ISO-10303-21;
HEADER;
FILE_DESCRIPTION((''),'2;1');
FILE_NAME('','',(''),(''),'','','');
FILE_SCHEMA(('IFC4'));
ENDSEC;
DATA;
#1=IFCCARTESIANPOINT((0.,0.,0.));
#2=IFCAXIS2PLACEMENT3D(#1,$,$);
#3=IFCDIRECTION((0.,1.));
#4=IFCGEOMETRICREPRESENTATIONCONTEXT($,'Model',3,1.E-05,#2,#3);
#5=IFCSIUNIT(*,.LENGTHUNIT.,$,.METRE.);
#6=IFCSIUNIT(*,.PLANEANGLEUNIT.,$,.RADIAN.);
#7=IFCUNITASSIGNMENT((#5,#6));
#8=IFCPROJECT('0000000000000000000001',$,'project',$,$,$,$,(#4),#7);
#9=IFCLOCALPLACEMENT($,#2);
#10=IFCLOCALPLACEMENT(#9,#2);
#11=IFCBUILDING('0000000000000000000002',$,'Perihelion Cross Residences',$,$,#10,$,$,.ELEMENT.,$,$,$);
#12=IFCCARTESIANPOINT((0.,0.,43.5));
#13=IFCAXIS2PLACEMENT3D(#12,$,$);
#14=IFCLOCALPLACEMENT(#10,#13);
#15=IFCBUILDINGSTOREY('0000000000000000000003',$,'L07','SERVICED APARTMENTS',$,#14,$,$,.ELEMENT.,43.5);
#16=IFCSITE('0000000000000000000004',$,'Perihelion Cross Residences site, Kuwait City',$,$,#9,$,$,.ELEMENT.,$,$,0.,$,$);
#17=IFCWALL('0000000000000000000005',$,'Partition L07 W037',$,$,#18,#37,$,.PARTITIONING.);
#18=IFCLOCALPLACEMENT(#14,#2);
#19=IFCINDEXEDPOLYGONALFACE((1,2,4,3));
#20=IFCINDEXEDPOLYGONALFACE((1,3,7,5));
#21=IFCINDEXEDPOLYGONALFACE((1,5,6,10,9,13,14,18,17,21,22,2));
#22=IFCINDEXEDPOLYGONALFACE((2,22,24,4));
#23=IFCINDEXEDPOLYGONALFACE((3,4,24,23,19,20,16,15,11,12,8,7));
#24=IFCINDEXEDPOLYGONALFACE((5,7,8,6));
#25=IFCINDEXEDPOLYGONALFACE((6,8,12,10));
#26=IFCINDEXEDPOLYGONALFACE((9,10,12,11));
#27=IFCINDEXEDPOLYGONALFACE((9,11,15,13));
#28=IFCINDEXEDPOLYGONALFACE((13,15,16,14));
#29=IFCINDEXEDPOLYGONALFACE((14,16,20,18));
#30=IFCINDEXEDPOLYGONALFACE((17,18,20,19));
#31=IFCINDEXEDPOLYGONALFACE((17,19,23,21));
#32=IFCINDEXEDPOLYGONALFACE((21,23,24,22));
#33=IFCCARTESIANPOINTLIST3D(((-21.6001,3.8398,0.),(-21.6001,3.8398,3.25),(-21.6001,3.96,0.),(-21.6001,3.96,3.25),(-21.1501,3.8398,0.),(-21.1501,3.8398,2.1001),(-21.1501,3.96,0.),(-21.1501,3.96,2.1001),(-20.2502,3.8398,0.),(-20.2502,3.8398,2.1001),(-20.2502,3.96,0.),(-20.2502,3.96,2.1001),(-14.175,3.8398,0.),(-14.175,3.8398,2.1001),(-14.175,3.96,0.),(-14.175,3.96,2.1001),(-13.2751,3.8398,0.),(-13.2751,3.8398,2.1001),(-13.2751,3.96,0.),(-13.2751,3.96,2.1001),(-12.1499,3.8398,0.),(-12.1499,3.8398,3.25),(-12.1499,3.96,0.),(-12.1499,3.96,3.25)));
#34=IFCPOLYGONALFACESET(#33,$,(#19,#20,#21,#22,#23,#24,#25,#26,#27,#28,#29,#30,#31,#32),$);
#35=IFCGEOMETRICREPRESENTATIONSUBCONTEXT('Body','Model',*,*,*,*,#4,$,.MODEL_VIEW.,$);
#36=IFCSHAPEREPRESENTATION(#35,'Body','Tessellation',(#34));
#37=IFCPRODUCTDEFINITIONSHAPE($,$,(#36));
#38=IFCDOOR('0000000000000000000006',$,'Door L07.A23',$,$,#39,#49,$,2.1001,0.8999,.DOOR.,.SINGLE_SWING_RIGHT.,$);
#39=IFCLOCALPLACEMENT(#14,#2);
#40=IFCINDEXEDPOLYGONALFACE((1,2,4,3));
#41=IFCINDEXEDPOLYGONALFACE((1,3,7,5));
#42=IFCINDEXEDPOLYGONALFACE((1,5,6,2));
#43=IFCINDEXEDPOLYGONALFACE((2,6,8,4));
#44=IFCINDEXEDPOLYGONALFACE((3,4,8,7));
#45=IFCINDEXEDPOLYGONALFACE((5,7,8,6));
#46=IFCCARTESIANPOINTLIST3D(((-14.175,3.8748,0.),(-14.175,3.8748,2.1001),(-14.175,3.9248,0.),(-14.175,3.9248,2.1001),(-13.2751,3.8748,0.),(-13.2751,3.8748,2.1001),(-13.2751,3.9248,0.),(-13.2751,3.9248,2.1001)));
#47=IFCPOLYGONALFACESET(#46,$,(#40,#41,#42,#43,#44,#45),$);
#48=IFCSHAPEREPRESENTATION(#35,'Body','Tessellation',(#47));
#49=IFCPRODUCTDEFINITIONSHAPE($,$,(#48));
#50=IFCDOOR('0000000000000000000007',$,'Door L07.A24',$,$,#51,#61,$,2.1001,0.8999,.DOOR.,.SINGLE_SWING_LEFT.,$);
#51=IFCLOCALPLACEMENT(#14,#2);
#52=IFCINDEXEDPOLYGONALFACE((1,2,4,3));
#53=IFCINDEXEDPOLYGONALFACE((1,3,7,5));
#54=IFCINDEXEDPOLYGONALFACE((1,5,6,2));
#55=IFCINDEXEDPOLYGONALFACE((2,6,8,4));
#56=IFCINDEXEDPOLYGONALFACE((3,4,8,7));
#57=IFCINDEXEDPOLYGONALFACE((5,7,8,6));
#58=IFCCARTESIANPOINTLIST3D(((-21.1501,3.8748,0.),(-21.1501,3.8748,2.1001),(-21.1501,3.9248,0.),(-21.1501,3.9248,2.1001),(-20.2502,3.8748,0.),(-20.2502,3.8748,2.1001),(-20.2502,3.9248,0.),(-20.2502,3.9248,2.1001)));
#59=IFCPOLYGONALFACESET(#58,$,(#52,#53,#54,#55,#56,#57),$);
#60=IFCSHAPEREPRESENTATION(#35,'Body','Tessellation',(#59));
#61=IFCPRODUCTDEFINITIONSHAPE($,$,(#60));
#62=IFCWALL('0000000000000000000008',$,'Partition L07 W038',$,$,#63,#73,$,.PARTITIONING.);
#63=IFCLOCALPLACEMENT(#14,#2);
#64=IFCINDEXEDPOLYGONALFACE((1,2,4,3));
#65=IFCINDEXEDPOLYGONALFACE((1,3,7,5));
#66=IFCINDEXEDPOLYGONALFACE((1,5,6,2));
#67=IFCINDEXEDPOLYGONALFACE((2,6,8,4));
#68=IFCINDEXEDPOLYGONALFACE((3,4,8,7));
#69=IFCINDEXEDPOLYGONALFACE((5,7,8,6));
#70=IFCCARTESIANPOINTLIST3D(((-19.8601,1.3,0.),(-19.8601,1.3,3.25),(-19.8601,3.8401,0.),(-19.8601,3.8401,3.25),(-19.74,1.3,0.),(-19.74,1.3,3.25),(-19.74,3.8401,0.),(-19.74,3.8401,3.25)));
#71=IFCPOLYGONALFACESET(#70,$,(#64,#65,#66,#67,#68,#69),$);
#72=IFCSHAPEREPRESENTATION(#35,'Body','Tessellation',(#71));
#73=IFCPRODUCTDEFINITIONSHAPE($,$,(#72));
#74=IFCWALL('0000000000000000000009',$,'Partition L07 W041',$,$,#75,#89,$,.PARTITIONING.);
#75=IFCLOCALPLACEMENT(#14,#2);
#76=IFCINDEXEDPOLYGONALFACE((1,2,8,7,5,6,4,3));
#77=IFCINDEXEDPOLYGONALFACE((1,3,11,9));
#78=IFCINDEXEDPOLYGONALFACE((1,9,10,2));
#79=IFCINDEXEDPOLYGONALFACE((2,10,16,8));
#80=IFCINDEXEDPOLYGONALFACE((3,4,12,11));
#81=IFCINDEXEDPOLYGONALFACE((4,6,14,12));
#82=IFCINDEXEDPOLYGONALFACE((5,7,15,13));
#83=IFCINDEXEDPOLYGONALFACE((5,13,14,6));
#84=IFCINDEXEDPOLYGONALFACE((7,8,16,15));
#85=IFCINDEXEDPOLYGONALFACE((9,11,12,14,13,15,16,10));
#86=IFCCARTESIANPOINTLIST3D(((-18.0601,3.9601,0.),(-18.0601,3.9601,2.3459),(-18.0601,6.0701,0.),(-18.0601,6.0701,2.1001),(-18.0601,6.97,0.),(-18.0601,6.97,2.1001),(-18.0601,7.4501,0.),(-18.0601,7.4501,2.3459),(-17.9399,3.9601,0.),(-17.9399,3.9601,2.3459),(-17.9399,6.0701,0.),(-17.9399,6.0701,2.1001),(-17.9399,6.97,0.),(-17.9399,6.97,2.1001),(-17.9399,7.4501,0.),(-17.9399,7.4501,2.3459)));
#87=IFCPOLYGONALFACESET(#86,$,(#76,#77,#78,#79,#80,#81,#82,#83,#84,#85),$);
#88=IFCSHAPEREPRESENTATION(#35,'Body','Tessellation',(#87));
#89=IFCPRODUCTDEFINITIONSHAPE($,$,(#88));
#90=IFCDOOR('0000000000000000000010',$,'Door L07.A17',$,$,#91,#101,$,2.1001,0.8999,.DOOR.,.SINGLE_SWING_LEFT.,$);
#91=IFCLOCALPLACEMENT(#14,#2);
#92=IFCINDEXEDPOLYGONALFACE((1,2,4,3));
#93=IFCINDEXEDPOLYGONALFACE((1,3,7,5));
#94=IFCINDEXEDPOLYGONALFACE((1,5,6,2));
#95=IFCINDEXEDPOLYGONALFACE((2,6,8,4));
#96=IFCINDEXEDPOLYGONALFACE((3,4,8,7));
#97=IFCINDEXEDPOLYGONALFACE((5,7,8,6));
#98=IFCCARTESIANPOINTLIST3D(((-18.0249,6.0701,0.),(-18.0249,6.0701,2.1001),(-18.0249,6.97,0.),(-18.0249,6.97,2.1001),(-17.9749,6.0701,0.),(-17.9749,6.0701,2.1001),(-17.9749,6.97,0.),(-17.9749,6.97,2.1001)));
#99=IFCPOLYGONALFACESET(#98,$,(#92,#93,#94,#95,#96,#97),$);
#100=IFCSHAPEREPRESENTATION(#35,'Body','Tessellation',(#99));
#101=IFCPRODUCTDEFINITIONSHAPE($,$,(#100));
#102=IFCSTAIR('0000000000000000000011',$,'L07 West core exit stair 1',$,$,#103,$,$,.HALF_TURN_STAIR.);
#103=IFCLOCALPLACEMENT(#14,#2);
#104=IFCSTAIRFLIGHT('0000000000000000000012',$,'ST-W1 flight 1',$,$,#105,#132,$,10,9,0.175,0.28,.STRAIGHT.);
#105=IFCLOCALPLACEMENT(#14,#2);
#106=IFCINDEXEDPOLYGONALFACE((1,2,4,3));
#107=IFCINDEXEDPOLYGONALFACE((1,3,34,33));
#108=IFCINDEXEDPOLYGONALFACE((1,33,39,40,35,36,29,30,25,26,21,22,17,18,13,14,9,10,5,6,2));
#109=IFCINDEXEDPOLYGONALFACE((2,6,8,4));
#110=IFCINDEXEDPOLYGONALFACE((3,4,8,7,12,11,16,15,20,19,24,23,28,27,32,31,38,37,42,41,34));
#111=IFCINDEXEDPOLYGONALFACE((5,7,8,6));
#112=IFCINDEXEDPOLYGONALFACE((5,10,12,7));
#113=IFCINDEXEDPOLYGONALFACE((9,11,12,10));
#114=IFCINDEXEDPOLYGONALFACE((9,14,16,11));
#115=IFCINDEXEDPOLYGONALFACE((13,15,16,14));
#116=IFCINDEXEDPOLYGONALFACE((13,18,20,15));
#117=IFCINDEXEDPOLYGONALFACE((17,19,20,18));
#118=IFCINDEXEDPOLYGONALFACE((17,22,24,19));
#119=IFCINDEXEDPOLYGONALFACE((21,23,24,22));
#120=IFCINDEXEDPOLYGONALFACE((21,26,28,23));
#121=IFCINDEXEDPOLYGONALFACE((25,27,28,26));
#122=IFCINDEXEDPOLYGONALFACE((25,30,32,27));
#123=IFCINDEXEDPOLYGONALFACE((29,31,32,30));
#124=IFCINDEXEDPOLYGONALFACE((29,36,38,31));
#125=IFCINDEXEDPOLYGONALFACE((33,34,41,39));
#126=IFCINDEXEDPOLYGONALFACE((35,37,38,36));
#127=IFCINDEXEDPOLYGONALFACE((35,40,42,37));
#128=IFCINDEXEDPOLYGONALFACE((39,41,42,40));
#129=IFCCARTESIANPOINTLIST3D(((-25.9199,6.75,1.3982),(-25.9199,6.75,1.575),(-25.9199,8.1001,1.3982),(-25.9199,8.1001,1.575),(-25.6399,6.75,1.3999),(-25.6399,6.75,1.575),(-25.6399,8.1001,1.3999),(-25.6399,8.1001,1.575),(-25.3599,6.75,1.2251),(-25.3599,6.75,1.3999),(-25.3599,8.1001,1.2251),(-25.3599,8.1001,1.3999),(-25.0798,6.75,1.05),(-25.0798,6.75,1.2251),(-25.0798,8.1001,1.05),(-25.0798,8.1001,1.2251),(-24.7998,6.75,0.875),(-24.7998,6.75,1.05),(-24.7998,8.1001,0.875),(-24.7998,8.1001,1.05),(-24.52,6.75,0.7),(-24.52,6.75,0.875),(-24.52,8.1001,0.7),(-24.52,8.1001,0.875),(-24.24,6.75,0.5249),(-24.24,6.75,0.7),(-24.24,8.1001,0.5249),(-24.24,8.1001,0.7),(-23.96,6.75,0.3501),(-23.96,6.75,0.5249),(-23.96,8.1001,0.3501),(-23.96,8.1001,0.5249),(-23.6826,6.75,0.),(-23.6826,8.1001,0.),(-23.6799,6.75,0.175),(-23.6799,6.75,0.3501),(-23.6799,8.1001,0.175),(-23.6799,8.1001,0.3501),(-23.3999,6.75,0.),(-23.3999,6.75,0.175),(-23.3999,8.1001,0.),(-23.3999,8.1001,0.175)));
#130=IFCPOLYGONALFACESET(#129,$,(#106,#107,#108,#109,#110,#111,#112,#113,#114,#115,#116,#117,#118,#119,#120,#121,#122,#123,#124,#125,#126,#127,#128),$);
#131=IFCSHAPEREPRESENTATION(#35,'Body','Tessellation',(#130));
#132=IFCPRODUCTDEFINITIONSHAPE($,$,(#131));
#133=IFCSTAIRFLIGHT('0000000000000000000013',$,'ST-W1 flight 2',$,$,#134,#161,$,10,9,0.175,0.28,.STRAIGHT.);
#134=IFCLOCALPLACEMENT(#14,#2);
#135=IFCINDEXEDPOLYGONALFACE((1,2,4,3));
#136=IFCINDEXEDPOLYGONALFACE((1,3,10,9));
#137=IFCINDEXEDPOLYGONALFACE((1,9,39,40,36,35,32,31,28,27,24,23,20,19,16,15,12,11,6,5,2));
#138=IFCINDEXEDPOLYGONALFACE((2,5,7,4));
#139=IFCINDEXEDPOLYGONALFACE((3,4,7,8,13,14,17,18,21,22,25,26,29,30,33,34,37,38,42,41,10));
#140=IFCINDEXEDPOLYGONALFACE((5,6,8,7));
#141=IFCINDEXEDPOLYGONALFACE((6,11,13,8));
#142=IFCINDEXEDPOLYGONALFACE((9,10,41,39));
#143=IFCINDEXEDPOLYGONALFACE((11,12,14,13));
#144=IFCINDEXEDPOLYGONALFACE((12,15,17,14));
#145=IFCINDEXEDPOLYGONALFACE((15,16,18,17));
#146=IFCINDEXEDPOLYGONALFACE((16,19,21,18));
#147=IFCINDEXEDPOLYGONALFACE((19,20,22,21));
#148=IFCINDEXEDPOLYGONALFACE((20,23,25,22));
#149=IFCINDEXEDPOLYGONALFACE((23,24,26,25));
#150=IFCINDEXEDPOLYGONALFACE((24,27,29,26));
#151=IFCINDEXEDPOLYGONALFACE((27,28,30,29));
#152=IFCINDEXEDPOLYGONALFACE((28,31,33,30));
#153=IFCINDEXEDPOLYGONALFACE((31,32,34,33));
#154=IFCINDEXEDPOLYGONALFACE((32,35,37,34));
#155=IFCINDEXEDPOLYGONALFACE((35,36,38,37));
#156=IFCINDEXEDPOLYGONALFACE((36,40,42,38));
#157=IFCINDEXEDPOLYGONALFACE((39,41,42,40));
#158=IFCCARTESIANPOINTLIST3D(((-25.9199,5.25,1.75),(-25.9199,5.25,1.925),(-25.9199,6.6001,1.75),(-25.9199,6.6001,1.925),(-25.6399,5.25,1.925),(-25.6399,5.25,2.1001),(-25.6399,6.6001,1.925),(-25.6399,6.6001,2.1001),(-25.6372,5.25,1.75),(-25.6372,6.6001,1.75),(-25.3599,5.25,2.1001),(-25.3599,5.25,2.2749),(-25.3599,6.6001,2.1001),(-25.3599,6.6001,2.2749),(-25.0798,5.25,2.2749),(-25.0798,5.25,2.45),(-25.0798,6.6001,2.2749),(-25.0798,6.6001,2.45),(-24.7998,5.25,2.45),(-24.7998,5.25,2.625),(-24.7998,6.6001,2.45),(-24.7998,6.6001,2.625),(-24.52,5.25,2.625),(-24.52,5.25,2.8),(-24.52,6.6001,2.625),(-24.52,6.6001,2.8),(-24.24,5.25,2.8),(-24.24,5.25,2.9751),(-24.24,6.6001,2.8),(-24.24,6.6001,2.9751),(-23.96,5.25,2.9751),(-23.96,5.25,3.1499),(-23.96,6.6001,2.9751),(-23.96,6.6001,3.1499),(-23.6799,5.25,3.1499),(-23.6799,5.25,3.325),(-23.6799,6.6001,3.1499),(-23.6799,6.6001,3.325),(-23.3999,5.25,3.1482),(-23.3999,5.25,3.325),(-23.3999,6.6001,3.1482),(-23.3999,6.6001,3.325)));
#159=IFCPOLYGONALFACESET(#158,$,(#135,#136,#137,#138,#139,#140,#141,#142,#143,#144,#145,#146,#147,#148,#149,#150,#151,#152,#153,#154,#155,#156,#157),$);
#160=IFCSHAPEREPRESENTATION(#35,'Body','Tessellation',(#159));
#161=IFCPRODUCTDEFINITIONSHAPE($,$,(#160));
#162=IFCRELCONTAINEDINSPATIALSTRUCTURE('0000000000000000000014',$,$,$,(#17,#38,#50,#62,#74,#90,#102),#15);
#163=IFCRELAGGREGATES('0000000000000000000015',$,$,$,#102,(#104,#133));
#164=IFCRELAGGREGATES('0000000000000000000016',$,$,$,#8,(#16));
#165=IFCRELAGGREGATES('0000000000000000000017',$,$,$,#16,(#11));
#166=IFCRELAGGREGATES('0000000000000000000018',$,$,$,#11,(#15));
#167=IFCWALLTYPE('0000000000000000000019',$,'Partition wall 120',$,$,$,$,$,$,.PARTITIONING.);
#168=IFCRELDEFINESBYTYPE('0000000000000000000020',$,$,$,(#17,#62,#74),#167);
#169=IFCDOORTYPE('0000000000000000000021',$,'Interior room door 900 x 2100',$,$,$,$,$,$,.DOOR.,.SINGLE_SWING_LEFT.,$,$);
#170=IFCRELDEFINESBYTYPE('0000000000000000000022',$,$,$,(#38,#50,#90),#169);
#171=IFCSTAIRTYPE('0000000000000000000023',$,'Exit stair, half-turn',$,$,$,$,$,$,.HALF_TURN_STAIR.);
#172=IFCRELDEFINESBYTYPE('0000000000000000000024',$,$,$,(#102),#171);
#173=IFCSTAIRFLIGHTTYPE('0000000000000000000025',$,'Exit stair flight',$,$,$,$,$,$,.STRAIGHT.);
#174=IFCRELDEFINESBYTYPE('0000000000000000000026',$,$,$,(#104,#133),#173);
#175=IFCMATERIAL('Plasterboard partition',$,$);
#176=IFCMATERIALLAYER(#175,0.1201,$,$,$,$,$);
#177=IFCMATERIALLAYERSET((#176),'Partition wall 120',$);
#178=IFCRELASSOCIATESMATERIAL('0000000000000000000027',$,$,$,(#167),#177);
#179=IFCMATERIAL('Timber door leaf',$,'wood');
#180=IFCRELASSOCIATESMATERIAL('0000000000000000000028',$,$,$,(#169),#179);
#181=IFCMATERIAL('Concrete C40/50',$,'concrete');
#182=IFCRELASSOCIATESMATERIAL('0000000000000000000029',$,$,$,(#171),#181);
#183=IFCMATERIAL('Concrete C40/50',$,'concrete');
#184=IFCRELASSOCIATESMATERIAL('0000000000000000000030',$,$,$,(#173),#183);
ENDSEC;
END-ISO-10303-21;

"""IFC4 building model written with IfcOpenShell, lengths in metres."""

from ifc_helpers import new_model, si_unit, direction, frame, frame_2d, origin, place, context, subcontext, project, spatial, polyline, rectangle, outline, extrude, material, layer, layer_set, type_object, element, fill, aggregate, save


model = new_model("IFC4")

# Units and contexts
model_context = context("Model", 3, precision=1e-05, world=origin(), true_north=direction((0.0, 1.0)))
body_context = subcontext(model_context, "Body", "Model", "MODEL_VIEW")
ifc_project = project(units=[si_unit("LENGTHUNIT", "METRE"), si_unit("PLANEANGLEUNIT", "RADIAN")], contexts=[model_context])

# Site, building, storey
site_placement = place(None, origin())
site = spatial("IfcSite", under=ifc_project, at=site_placement, Name="Perihelion Cross Residences site, Kuwait City", CompositionType="ELEMENT", RefElevation=0.0)
building_placement = place(site_placement, origin())
building = spatial("IfcBuilding", under=site, at=building_placement, Name="Perihelion Cross Residences", CompositionType="ELEMENT")
storey_placement = place(building_placement, frame((0.0, 0.0, 43.5)))
storey = spatial("IfcBuildingStorey", under=building, at=storey_placement, Name="L07", Description="SERVICED APARTMENTS", CompositionType="ELEMENT", Elevation=43.5)

# Wall, openings, doors
ifc_material_1 = material(Name="Plasterboard partition")
ifc_layer_1 = layer(ifc_material_1, 0.1201)
ifc_layer_set_1 = layer_set([ifc_layer_1], Name="Partition wall 120")
wall_type_1 = type_object("IfcWallType", Name="Partition wall 120", PredefinedType="PARTITIONING", material=ifc_layer_set_1)
wall_1_placement = place(storey_placement, frame((-21.6001, 3.8999, 0.0), z_axis=(0.0, 0.0, 1.0), x_axis=(1.0, 0.0, 0.0)))
wall_1 = element("IfcWall", 1, at=wall_1_placement, inside=storey, type_object=wall_type_1, Name="Partition L07 W037", PredefinedType="PARTITIONING", context=body_context, shape_type="SweptSolid", body=[
    extrude(rectangle(XDim=9.4502, YDim=0.1201, at=frame_2d((4.7251, 0.0))), origin(), (0.0, 0.0, 1.0), 3.25),
])
opening_1_placement = place(wall_1_placement, frame((7.425, 0.0, 0.0)))
opening_1 = element("IfcOpeningElement", 2, at=opening_1_placement, cuts=wall_1, PredefinedType="OPENING", context=body_context, shape_type="SweptSolid", body=[
    extrude(rectangle(XDim=0.8999, YDim=2.1001, at=frame_2d((0.45, 1.05))), frame((0.0, 0.0701, 0.0), z_axis=(0.0, -1.0, 0.0), x_axis=(1.0, 0.0, 0.0)), (0.0, 0.0, 1.0), 0.1401),
])
opening_2_placement = place(wall_1_placement, frame((0.45, 0.0, 0.0)))
opening_2 = element("IfcOpeningElement", 3, at=opening_2_placement, cuts=wall_1, PredefinedType="OPENING", context=body_context, shape_type="SweptSolid", body=[
    extrude(rectangle(XDim=0.8999, YDim=2.1001, at=frame_2d((0.45, 1.05))), frame((0.0, 0.0701, 0.0), z_axis=(0.0, -1.0, 0.0), x_axis=(1.0, 0.0, 0.0)), (0.0, 0.0, 1.0), 0.1401),
])
ifc_material_2 = material(Name="Timber door leaf", Category="wood")
door_type_1 = type_object("IfcDoorType", Name="Interior room door 900 x 2100", OperationType="SINGLE_SWING_LEFT", PredefinedType="DOOR", material=ifc_material_2)
door_1_placement = place(opening_1_placement, origin())
door_1 = element("IfcDoor", 4, at=door_1_placement, inside=storey, type_object=door_type_1, Name="Door L07.A23", OperationType="SINGLE_SWING_RIGHT", OverallHeight=2.1001, OverallWidth=0.8999, PredefinedType="DOOR", context=body_context, shape_type="SweptSolid", body=[
    extrude(rectangle(XDim=0.8999, YDim=2.1001, at=frame_2d((0.45, 1.05))), frame((0.0, 0.0249, 0.0), z_axis=(0.0, -1.0, 0.0), x_axis=(1.0, 0.0, 0.0)), (0.0, 0.0, 1.0), 0.05),
])
fill(opening_1, door_1)
door_2_placement = place(opening_2_placement, origin())
door_2 = element("IfcDoor", 5, at=door_2_placement, inside=storey, type_object=door_type_1, Name="Door L07.A24", OperationType="SINGLE_SWING_LEFT", OverallHeight=2.1001, OverallWidth=0.8999, PredefinedType="DOOR", context=body_context, shape_type="SweptSolid", body=[
    extrude(rectangle(XDim=0.8999, YDim=2.1001, at=frame_2d((0.45, 1.05))), frame((0.0, 0.0249, 0.0), z_axis=(0.0, -1.0, 0.0), x_axis=(1.0, 0.0, 0.0)), (0.0, 0.0, 1.0), 0.05),
])
fill(opening_2, door_2)

# Wall
wall_2_placement = place(storey_placement, frame((-19.8, 1.3, 0.0), z_axis=(0.0, 0.0, 1.0), x_axis=(0.0, 1.0, 0.0)))
element("IfcWall", 6, at=wall_2_placement, inside=storey, type_object=wall_type_1, Name="Partition L07 W038", PredefinedType="PARTITIONING", context=body_context, shape_type="SweptSolid", body=[
    extrude(rectangle(XDim=2.54, YDim=0.1201, at=frame_2d((1.27, 0.0))), origin(), (0.0, 0.0, 1.0), 3.25),
])

# Wall, opening, door
wall_3_placement = place(storey_placement, frame((-18.0, 3.96, 0.0), z_axis=(0.0, 0.0, 1.0), x_axis=(0.0, 1.0, 0.0)))
wall_3 = element("IfcWall", 7, at=wall_3_placement, inside=storey, type_object=wall_type_1, Name="Partition L07 W041", PredefinedType="PARTITIONING", context=body_context, shape_type="SweptSolid", body=[
    extrude(rectangle(XDim=3.49, YDim=0.1201, at=frame_2d((1.7451, 0.0))), origin(), (0.0, 0.0, 1.0), 2.3459),
])
opening_3_placement = place(wall_3_placement, frame((2.1101, 0.0, 0.0)))
opening_3 = element("IfcOpeningElement", 8, at=opening_3_placement, cuts=wall_3, PredefinedType="OPENING", context=body_context, shape_type="SweptSolid", body=[
    extrude(rectangle(XDim=0.8999, YDim=2.1001, at=frame_2d((0.45, 1.05))), frame((0.0, 0.0701, 0.0), z_axis=(0.0, -1.0, 0.0), x_axis=(1.0, 0.0, 0.0)), (0.0, 0.0, 1.0), 0.1401),
])
door_3_placement = place(opening_3_placement, origin())
door_3 = element("IfcDoor", 9, at=door_3_placement, inside=storey, type_object=door_type_1, Name="Door L07.A17", OperationType="SINGLE_SWING_LEFT", OverallHeight=2.1001, OverallWidth=0.8999, PredefinedType="DOOR", context=body_context, shape_type="SweptSolid", body=[
    extrude(rectangle(XDim=0.8999, YDim=2.1001, at=frame_2d((0.45, 1.05))), frame((0.0, 0.0249, 0.0), z_axis=(0.0, -1.0, 0.0), x_axis=(1.0, 0.0, 0.0)), (0.0, 0.0, 1.0), 0.05),
])
fill(opening_3, door_3)

# Stair, stair flights
ifc_material_3 = material(Name="Concrete C40/50", Category="concrete")
stair_type = type_object("IfcStairType", Name="Exit stair, half-turn", PredefinedType="HALF_TURN_STAIR", material=ifc_material_3)
stair_placement = place(storey_placement, origin())
stair = element("IfcStair", 10, at=stair_placement, inside=storey, type_object=stair_type, Name="L07 West core exit stair 1", PredefinedType="HALF_TURN_STAIR")
ifc_material_4 = material(Name="Concrete C40/50", Category="concrete")
stair_flight_type = type_object("IfcStairFlightType", Name="Exit stair flight", PredefinedType="STRAIGHT", material=ifc_material_4)
stair_flight_1_placement = place(storey_placement, frame((-23.3999, 7.425, 0.0), z_axis=(0.0, 0.0, 1.0), x_axis=(-1.0, 0.0, 0.0)))
stair_flight_1 = element("IfcStairFlight", 11, at=stair_flight_1_placement, type_object=stair_flight_type, Name="ST-W1 flight 1", NumberOfRisers=10, NumberOfTreads=9, PredefinedType="STRAIGHT", RiserHeight=0.175, TreadLength=0.28, context=body_context, shape_type="SweptSolid", body=[
    extrude(outline(polyline([(0.0, 0.0), (0.0, 0.175), (0.28, 0.175), (0.28, 0.3501), (0.5601, 0.3501), (0.5601, 0.5249), (0.8401, 0.5249), (0.8401, 0.7), (1.1201, 0.7), (1.1201, 0.875), (1.3999, 0.875), (1.3999, 1.05), (1.6799, 1.05), (1.6799, 1.2251), (1.96, 1.2251), (1.96, 1.3999), (2.24, 1.3999), (2.24, 1.575), (2.52, 1.575), (2.52, 1.75), (2.52, 1.3982), (0.2827, 0.0), (0.0, 0.0)])), frame((0.0, 0.675, 0.0), z_axis=(0.0, -1.0, 0.0), x_axis=(1.0, 0.0, 0.0)), (0.0, 0.0, 1.0), 1.3501),
])
stair_flight_2_placement = place(storey_placement, frame((-25.9199, 5.925, 1.75), z_axis=(0.0, 0.0, 1.0), x_axis=(1.0, 0.0, 0.0)))
stair_flight_2 = element("IfcStairFlight", 12, at=stair_flight_2_placement, type_object=stair_flight_type, Name="ST-W1 flight 2", NumberOfRisers=10, NumberOfTreads=9, PredefinedType="STRAIGHT", RiserHeight=0.175, TreadLength=0.28, context=body_context, shape_type="SweptSolid", body=[
    extrude(outline(polyline([(0.0, 0.0), (0.0, 0.175), (0.28, 0.175), (0.28, 0.3501), (0.5601, 0.3501), (0.5601, 0.5249), (0.8401, 0.5249), (0.8401, 0.7), (1.1201, 0.7), (1.1201, 0.875), (1.3999, 0.875), (1.3999, 1.05), (1.6799, 1.05), (1.6799, 1.2251), (1.96, 1.2251), (1.96, 1.3999), (2.24, 1.3999), (2.24, 1.575), (2.52, 1.575), (2.52, 1.75), (2.52, 1.3982), (0.2827, 0.0), (0.0, 0.0)])), frame((0.0, 0.675, 0.0), z_axis=(0.0, -1.0, 0.0), x_axis=(1.0, 0.0, 0.0)), (0.0, 0.0, 1.0), 1.3501),
])
aggregate(stair, [stair_flight_1, stair_flight_2])

save(model, "model.ifc")
